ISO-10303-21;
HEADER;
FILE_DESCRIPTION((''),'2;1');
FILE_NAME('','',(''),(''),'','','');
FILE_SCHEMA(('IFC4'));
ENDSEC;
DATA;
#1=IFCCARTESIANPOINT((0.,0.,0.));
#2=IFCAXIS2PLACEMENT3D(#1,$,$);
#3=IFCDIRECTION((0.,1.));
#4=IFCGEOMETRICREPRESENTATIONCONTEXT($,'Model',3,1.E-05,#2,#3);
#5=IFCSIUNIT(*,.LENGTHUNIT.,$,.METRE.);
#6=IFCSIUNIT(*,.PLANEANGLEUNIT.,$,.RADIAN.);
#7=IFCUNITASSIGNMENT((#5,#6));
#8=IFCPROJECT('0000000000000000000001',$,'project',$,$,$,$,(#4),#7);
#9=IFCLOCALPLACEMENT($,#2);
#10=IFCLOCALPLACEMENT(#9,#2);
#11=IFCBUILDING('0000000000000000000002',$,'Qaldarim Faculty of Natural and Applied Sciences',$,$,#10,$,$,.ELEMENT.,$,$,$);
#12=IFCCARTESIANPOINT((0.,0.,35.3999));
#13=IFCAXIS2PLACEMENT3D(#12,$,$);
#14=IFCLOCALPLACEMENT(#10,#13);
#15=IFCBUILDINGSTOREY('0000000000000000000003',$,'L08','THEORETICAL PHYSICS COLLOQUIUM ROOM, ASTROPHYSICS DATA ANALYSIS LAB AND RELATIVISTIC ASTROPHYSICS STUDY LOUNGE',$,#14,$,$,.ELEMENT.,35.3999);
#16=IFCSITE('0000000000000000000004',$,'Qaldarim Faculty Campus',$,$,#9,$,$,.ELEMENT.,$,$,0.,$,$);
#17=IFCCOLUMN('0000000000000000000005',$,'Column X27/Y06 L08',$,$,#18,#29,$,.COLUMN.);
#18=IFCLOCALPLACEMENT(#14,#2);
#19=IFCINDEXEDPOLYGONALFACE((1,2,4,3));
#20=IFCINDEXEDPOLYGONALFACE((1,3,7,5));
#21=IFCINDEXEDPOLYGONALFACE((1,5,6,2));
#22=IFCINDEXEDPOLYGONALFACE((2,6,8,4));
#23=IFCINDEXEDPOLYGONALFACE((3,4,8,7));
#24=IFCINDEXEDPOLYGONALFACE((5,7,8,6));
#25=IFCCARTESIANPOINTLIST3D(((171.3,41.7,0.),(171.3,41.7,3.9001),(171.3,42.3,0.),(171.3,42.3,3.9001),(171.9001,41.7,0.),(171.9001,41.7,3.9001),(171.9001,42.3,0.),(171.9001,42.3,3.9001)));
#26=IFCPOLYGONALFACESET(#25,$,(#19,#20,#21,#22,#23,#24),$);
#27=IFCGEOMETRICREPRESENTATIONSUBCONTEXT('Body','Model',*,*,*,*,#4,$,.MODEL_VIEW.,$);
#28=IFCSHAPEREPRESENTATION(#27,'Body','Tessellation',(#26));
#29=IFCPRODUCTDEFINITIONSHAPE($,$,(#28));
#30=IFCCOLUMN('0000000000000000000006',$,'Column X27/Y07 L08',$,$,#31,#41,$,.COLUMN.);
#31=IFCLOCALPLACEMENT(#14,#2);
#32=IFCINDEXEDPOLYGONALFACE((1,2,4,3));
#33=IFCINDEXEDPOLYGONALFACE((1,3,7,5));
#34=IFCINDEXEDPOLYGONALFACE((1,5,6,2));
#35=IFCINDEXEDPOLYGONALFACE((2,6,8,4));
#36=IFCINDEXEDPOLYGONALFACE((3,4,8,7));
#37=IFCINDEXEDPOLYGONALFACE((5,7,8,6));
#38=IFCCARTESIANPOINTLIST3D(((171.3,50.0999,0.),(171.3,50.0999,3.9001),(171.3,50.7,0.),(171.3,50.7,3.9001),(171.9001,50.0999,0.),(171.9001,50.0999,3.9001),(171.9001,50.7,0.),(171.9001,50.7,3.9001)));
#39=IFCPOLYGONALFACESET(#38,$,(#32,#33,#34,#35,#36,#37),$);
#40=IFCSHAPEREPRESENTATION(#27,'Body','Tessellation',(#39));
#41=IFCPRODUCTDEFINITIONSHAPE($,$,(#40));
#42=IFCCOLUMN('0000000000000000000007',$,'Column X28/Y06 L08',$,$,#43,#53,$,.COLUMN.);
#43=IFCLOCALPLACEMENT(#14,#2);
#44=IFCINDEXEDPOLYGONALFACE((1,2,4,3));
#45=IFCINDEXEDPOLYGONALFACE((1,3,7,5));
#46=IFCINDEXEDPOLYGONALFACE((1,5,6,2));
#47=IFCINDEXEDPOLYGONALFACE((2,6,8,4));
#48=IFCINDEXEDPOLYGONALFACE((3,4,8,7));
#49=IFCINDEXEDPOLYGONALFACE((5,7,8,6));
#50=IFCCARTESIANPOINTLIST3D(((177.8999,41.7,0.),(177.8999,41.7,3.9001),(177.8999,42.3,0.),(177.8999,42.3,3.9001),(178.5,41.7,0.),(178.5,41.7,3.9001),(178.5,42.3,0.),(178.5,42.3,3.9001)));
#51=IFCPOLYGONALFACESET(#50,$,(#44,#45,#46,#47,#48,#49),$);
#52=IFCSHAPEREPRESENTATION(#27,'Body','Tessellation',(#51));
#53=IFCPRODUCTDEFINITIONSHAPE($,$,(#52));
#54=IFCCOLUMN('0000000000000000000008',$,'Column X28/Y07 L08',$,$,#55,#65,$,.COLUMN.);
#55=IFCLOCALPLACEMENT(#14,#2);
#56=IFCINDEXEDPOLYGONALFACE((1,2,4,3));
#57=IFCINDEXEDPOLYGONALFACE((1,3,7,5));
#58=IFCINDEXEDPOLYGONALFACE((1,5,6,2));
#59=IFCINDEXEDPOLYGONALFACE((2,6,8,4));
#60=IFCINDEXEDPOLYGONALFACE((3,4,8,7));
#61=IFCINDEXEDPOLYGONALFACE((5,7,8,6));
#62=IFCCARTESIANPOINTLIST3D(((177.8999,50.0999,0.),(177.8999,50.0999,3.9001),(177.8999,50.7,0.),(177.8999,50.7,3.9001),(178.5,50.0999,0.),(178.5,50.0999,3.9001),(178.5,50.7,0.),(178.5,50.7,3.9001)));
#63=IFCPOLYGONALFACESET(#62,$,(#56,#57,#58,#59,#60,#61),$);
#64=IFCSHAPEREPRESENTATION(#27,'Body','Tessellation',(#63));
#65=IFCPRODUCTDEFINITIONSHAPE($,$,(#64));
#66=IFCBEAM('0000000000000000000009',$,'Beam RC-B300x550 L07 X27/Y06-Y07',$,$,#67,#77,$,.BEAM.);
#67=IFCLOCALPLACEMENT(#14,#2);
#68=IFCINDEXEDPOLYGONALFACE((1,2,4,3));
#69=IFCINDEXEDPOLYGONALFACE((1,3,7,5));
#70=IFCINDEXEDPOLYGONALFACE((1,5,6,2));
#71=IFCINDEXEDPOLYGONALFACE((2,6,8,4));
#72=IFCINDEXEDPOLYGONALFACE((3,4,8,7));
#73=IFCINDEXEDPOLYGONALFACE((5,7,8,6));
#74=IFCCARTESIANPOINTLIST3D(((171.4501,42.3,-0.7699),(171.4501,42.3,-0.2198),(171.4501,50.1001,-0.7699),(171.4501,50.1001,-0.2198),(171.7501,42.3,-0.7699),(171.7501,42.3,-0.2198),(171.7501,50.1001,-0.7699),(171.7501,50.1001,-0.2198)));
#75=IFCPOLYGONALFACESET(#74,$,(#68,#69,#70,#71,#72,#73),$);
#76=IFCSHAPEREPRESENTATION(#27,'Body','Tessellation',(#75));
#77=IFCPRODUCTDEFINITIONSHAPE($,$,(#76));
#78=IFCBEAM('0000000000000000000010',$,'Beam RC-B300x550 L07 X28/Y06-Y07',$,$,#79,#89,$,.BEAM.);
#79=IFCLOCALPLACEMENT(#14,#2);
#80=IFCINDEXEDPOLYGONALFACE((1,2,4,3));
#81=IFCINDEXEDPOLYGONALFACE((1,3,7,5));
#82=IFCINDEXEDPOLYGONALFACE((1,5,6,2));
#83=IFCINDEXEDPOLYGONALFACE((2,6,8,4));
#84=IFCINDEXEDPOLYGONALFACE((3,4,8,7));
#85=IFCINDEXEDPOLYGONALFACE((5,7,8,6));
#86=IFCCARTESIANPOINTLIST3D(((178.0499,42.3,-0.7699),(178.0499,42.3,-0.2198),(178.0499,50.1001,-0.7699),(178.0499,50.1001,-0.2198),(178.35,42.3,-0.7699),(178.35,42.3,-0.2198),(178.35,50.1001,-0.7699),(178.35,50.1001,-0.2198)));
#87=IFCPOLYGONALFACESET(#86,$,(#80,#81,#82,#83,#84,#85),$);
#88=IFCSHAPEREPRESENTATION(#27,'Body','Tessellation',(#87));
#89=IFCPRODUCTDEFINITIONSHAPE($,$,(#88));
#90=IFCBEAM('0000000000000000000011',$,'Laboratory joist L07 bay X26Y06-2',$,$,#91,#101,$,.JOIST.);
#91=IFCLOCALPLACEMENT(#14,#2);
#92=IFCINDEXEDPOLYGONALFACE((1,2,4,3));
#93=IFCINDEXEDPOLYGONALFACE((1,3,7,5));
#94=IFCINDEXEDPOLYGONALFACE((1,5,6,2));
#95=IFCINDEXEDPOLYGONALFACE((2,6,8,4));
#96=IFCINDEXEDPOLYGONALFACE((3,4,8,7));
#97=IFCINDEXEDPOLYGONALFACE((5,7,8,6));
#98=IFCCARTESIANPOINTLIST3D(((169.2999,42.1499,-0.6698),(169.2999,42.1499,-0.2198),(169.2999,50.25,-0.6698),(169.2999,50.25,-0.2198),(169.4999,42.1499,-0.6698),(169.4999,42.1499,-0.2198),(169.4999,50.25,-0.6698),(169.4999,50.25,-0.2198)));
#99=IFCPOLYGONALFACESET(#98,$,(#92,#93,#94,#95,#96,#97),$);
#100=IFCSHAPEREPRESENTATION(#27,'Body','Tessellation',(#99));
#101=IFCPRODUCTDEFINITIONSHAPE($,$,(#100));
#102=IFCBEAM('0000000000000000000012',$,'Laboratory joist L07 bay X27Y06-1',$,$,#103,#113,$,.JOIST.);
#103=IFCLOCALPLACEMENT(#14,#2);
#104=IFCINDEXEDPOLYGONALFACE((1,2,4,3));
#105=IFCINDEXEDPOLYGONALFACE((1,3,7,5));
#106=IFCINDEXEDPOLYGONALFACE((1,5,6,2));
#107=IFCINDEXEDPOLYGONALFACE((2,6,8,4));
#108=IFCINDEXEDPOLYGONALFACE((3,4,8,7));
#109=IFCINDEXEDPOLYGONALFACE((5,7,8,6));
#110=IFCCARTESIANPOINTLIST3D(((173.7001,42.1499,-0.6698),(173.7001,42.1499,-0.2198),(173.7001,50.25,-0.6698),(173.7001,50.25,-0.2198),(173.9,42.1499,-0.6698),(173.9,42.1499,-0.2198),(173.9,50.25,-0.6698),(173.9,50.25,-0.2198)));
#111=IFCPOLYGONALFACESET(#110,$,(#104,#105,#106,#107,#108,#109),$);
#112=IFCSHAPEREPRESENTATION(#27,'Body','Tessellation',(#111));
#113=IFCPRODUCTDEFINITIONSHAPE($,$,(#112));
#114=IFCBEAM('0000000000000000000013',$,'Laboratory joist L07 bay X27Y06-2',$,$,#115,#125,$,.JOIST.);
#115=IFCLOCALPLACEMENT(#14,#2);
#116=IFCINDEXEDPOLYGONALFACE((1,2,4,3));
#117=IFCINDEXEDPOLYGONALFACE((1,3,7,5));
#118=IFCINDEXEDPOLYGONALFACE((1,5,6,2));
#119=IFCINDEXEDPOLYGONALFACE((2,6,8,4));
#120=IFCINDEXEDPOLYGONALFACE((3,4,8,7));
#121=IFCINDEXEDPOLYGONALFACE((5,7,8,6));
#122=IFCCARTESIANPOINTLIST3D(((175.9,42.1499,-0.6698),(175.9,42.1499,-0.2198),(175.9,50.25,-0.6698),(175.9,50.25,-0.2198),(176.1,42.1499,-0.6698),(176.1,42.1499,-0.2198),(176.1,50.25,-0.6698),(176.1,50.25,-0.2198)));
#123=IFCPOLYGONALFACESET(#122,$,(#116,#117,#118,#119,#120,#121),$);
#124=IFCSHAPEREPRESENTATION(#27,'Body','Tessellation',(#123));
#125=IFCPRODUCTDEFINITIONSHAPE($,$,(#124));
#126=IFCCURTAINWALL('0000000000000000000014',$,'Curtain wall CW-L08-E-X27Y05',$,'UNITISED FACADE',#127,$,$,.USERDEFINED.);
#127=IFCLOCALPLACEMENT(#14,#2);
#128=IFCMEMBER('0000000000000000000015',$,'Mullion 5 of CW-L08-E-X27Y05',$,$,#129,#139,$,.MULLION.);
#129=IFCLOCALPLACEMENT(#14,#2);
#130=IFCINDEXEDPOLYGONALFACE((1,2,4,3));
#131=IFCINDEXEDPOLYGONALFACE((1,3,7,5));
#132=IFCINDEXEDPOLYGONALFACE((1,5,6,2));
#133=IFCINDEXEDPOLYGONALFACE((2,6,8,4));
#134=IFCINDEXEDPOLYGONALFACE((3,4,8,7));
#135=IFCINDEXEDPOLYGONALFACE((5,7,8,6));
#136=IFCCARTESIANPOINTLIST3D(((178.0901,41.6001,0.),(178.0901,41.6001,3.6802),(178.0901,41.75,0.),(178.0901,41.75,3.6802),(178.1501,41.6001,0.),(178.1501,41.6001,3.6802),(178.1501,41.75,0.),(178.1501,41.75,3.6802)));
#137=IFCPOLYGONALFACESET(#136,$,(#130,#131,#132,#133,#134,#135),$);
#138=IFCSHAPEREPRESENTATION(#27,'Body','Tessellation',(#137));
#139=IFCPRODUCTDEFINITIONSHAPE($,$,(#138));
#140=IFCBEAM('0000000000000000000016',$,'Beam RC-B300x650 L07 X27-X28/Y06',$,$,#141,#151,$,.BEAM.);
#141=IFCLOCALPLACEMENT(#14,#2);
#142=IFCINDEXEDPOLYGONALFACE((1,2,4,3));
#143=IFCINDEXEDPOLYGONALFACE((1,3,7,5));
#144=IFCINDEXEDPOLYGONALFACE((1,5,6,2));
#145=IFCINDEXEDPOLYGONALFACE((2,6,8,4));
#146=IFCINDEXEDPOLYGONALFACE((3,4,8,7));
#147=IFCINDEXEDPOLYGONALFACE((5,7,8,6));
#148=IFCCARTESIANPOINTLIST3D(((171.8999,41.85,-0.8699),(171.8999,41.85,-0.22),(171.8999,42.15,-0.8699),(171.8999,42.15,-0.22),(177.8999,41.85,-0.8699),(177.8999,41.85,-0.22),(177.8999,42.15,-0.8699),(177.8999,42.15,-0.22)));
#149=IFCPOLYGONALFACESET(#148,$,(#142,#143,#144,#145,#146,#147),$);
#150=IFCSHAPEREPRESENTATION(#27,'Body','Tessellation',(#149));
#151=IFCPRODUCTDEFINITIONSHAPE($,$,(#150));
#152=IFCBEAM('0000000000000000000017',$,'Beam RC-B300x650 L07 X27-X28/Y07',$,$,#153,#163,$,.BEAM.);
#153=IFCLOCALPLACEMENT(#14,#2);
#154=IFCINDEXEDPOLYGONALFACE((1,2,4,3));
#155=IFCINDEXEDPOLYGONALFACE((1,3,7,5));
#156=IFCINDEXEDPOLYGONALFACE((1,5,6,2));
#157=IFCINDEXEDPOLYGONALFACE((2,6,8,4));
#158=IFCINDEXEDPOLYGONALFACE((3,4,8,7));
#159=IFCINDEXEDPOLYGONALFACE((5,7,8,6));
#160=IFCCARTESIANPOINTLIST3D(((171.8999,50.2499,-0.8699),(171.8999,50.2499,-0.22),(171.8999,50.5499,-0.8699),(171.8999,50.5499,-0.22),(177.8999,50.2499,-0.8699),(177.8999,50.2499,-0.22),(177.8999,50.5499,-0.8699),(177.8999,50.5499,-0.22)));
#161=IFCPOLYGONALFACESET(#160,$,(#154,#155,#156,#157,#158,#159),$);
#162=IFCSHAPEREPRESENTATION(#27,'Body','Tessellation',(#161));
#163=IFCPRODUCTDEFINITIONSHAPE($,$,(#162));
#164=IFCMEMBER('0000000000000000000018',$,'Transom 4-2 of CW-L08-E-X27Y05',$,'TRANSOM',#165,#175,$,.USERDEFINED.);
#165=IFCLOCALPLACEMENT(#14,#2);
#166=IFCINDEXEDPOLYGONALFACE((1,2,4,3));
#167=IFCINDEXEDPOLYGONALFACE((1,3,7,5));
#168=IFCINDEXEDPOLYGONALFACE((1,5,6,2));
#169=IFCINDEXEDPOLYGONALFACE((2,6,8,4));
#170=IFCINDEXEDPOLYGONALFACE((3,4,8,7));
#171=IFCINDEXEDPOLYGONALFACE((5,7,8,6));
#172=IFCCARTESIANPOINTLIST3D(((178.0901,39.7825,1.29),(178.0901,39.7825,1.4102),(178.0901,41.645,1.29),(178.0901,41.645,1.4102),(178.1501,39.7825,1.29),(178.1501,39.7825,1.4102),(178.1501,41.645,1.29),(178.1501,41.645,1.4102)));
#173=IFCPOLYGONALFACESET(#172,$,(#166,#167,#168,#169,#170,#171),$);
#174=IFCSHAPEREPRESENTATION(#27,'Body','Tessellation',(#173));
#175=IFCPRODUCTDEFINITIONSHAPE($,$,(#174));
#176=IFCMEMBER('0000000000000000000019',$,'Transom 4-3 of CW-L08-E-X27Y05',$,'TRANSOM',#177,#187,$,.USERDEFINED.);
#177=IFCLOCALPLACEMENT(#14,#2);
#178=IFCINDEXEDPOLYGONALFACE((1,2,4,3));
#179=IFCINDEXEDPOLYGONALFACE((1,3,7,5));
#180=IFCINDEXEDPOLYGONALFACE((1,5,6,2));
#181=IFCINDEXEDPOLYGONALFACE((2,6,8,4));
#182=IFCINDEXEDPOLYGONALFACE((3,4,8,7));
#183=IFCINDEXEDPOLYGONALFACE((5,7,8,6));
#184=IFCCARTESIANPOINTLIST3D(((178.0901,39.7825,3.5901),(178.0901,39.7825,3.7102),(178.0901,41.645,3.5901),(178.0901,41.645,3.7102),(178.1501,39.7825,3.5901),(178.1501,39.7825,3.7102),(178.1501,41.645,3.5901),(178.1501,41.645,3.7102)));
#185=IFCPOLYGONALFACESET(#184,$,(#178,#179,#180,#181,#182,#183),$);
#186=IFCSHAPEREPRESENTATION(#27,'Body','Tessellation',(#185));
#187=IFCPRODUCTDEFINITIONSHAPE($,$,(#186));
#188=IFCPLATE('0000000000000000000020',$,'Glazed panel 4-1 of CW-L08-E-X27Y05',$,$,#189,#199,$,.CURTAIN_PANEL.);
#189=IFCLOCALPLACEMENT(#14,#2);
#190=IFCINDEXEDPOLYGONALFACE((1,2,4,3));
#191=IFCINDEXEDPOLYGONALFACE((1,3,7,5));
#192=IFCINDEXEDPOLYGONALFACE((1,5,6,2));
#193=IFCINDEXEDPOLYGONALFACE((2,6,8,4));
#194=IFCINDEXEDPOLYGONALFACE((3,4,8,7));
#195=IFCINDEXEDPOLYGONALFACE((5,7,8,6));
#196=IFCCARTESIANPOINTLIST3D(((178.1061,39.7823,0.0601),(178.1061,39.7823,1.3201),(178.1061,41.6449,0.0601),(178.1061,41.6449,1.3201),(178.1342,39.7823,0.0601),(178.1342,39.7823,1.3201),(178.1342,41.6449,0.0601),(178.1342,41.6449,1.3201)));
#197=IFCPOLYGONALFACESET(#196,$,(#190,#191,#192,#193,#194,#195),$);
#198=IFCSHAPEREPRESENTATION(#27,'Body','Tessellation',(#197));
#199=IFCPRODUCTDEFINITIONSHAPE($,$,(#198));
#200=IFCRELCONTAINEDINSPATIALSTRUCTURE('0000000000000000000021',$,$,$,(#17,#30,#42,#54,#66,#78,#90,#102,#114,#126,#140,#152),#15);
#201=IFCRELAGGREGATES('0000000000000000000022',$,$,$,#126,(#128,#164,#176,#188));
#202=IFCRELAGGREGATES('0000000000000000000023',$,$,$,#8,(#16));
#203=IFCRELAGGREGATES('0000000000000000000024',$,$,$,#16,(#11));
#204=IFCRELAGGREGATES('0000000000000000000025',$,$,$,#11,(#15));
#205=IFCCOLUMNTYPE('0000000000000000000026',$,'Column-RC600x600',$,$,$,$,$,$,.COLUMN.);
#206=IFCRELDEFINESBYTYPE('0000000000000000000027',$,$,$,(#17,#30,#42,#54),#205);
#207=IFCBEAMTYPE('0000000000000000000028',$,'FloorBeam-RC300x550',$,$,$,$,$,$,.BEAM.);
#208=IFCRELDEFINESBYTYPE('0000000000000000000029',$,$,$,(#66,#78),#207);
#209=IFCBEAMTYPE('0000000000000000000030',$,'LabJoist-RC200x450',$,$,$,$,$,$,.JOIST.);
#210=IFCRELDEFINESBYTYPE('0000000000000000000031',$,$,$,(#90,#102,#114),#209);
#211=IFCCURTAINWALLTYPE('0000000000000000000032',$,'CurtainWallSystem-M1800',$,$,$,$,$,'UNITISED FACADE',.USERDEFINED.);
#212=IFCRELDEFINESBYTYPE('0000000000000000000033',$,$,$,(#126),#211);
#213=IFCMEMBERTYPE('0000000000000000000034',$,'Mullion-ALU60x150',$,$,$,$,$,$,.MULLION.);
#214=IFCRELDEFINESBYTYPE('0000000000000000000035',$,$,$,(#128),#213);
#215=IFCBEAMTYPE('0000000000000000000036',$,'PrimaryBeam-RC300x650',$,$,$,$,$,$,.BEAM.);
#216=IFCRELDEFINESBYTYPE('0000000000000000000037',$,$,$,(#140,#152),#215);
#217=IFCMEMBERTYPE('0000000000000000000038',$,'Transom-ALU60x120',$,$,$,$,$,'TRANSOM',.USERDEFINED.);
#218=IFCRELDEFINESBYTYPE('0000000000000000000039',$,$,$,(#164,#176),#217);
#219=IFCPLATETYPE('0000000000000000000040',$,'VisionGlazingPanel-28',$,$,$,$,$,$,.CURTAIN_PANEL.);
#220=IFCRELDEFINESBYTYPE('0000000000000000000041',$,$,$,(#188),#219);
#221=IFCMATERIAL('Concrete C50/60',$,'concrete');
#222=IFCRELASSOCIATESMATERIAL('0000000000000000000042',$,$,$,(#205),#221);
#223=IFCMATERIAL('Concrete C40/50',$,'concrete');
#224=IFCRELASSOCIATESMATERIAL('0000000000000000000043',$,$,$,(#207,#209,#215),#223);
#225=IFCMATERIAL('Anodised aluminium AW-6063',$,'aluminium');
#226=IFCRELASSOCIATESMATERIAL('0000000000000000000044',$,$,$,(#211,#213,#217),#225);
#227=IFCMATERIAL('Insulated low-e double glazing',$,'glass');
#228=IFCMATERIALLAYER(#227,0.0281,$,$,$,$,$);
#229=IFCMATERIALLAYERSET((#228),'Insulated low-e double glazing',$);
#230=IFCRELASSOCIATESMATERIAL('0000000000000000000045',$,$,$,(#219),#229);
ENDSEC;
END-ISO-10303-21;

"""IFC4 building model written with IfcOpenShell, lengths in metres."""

from ifc_helpers import new_model, si_unit, direction, frame, origin, origin_2d, place, context, subcontext, project, spatial, rectangle, extrude, material, layer, layer_set, material_profile, profile_set, type_object, element, aggregate, save


model = new_model("IFC4")

# Units and contexts
model_context = context("Model", 3, precision=1e-05, world=origin(), true_north=direction((0.0, 1.0)))
body_context = subcontext(model_context, "Body", "Model", "MODEL_VIEW")
ifc_project = project(units=[si_unit("LENGTHUNIT", "METRE"), si_unit("PLANEANGLEUNIT", "RADIAN")], contexts=[model_context])

# Site, building, storey
site_placement = place(None, origin())
site = spatial("IfcSite", under=ifc_project, at=site_placement, Name="Qaldarim Faculty Campus", CompositionType="ELEMENT", RefElevation=0.0)
building_placement = place(site_placement, origin())
building = spatial("IfcBuilding", under=site, at=building_placement, Name="Qaldarim Faculty of Natural and Applied Sciences", CompositionType="ELEMENT")
storey_placement = place(building_placement, frame((0.0, 0.0, 35.3999)))
storey = spatial("IfcBuildingStorey", under=building, at=storey_placement, Name="L08", Description="THEORETICAL PHYSICS COLLOQUIUM ROOM, ASTROPHYSICS DATA ANALYSIS LAB AND RELATIVISTIC ASTROPHYSICS STUDY LOUNGE", CompositionType="ELEMENT", Elevation=35.3999)

# Columns
ifc_material_1 = material(Name="Concrete C50/60", Category="concrete")
ifc_material_profile_1 = material_profile(ifc_material_1, rectangle(XDim=0.6001, YDim=0.6001, at=origin_2d()), Name="RC-C600x600")
ifc_profile_set_1 = profile_set([ifc_material_profile_1], Name="Concrete C50/60")
column_type = type_object("IfcColumnType", Name="Column-RC600x600", PredefinedType="COLUMN", material=ifc_profile_set_1)
for number, where, z_axis, x_axis, name in (
    (1, (171.6001, 42.0, 0.0), (0.0, 0.0, 1.0), (1.0, 0.0, 0.0), "Column X27/Y06 L08"),
    (2, (171.6001, 50.3999, 0.0), (0.0, 0.0, 1.0), (1.0, 0.0, 0.0), "Column X27/Y07 L08"),
    (3, (178.2, 42.0, 0.0), (0.0, 0.0, 1.0), (1.0, 0.0, 0.0), "Column X28/Y06 L08"),
    (4, (178.2, 50.3999, 0.0), (0.0, 0.0, 1.0), (1.0, 0.0, 0.0), "Column X28/Y07 L08"),
):
    element("IfcColumn", number, at=place(storey_placement, frame(where, z_axis=z_axis, x_axis=x_axis)), inside=storey, type_object=column_type, Name=name, PredefinedType="COLUMN", context=body_context, shape_type="SweptSolid", body=[
        extrude(rectangle(XDim=0.6001, YDim=0.6001, at=origin_2d()), origin(), (0.0, 0.0, 1.0), 3.9001),
    ])

# Beams
ifc_material_2 = material(Name="Concrete C40/50", Category="concrete")
ifc_material_profile_2 = material_profile(ifc_material_2, rectangle(XDim=0.3, YDim=0.55, at=origin_2d()), Name="RC-B300x550")
ifc_profile_set_2 = profile_set([ifc_material_profile_2], Name="Concrete C40/50")
beam_type_1 = type_object("IfcBeamType", Name="FloorBeam-RC300x550", PredefinedType="BEAM", material=ifc_profile_set_2)
for number, where, z_axis, x_axis, name in (
    (5, (171.6001, 42.3, -0.4949), (0.0, 1.0, 0.0), (-1.0, 0.0, 0.0), "Beam RC-B300x550 L07 X27/Y06-Y07"),
    (6, (178.2, 42.3, -0.4949), (0.0, 1.0, 0.0), (-1.0, 0.0, 0.0), "Beam RC-B300x550 L07 X28/Y06-Y07"),
):
    element("IfcBeam", number, at=place(storey_placement, frame(where, z_axis=z_axis, x_axis=x_axis)), inside=storey, type_object=beam_type_1, Name=name, PredefinedType="BEAM", context=body_context, shape_type="SweptSolid", body=[
        extrude(rectangle(XDim=0.3, YDim=0.55, at=origin_2d()), origin(), (0.0, 0.0, 1.0), 7.8),
    ])
ifc_material_profile_3 = material_profile(ifc_material_2, rectangle(XDim=0.2, YDim=0.45, at=origin_2d()), Name="RC-J200x450")
ifc_profile_set_3 = profile_set([ifc_material_profile_3], Name="Concrete C40/50")
beam_type_2 = type_object("IfcBeamType", Name="LabJoist-RC200x450", PredefinedType="JOIST", material=ifc_profile_set_3)
for number, where, z_axis, x_axis, name in (
    (7, (169.3999, 42.1499, -0.4448), (0.0, 1.0, 0.0), (-1.0, 0.0, 0.0), "Laboratory joist L07 bay X26Y06-2"),
    (8, (173.8, 42.1499, -0.4448), (0.0, 1.0, 0.0), (-1.0, 0.0, 0.0), "Laboratory joist L07 bay X27Y06-1"),
    (9, (176.0, 42.1499, -0.4448), (0.0, 1.0, 0.0), (-1.0, 0.0, 0.0), "Laboratory joist L07 bay X27Y06-2"),
):
    element("IfcBeam", number, at=place(storey_placement, frame(where, z_axis=z_axis, x_axis=x_axis)), inside=storey, type_object=beam_type_2, Name=name, PredefinedType="JOIST", context=body_context, shape_type="SweptSolid", body=[
        extrude(rectangle(XDim=0.2, YDim=0.45, at=origin_2d()), origin(), (0.0, 0.0, 1.0), 8.1001),
    ])

# Curtain wall, member
ifc_material_3 = material(Name="Anodised aluminium AW-6063", Category="aluminium")
curtain_wall_type = type_object("IfcCurtainWallType", Name="CurtainWallSystem-M1800", ElementType="UNITISED FACADE", PredefinedType="USERDEFINED", material=ifc_material_3)
curtain_wall_placement = place(storey_placement, origin())
curtain_wall = element("IfcCurtainWall", 10, at=curtain_wall_placement, inside=storey, type_object=curtain_wall_type, Name="Curtain wall CW-L08-E-X27Y05", ObjectType="UNITISED FACADE", PredefinedType="USERDEFINED")
ifc_material_profile_4 = material_profile(ifc_material_3, rectangle(XDim=0.0601, YDim=0.1499, at=origin_2d()), Name="ALU-M60x150")
ifc_profile_set_4 = profile_set([ifc_material_profile_4], Name="Anodised aluminium AW-6063")
member_type_1 = type_object("IfcMemberType", Name="Mullion-ALU60x150", PredefinedType="MULLION", material=ifc_profile_set_4)
member_1_placement = place(storey_placement, frame((178.1201, 41.675, 0.0), z_axis=(0.0, 0.0, 1.0), x_axis=(-1.0, 0.0, 0.0)))
member_1 = element("IfcMember", 11, at=member_1_placement, type_object=member_type_1, Name="Mullion 5 of CW-L08-E-X27Y05", PredefinedType="MULLION", context=body_context, shape_type="SweptSolid", body=[
    extrude(rectangle(XDim=0.0601, YDim=0.1499, at=origin_2d()), origin(), (0.0, 0.0, 1.0), 3.6802),
])

# Beams
ifc_material_profile_5 = material_profile(ifc_material_2, rectangle(XDim=0.3, YDim=0.6499, at=origin_2d()), Name="RC-B300x650")
ifc_profile_set_5 = profile_set([ifc_material_profile_5], Name="Concrete C40/50")
beam_type_3 = type_object("IfcBeamType", Name="PrimaryBeam-RC300x650", PredefinedType="BEAM", material=ifc_profile_set_5)
for number, where, z_axis, x_axis, name in (
    (12, (171.8999, 42.0, -0.5449), (1.0, 0.0, 0.0), (0.0, 1.0, 0.0), "Beam RC-B300x650 L07 X27-X28/Y06"),
    (13, (171.8999, 50.3999, -0.5449), (1.0, 0.0, 0.0), (0.0, 1.0, 0.0), "Beam RC-B300x650 L07 X27-X28/Y07"),
):
    element("IfcBeam", number, at=place(storey_placement, frame(where, z_axis=z_axis, x_axis=x_axis)), inside=storey, type_object=beam_type_3, Name=name, PredefinedType="BEAM", context=body_context, shape_type="SweptSolid", body=[
        extrude(rectangle(XDim=0.3, YDim=0.6499, at=origin_2d()), origin(), (0.0, 0.0, 1.0), 6.0),
    ])

# Members
ifc_material_profile_6 = material_profile(ifc_material_3, rectangle(XDim=0.0601, YDim=0.1201, at=origin_2d()), Name="ALU-T60x120")
ifc_profile_set_6 = profile_set([ifc_material_profile_6], Name="Anodised aluminium AW-6063")
member_type_2 = type_object("IfcMemberType", Name="Transom-ALU60x120", ElementType="TRANSOM", PredefinedType="USERDEFINED", material=ifc_profile_set_6)
member_2_placement = place(storey_placement, frame((178.1201, 39.7825, 1.3501), z_axis=(0.0, 1.0, 0.0), x_axis=(-1.0, 0.0, 0.0)))
member_2 = element("IfcMember", 14, at=member_2_placement, type_object=member_type_2, Name="Transom 4-2 of CW-L08-E-X27Y05", ObjectType="TRANSOM", PredefinedType="USERDEFINED", context=body_context, shape_type="SweptSolid", body=[
    extrude(rectangle(XDim=0.0601, YDim=0.1201, at=origin_2d()), origin(), (0.0, 0.0, 1.0), 1.8625),
])
member_3_placement = place(storey_placement, frame((178.1201, 39.7825, 3.6501), z_axis=(0.0, 1.0, 0.0), x_axis=(-1.0, 0.0, 0.0)))
member_3 = element("IfcMember", 15, at=member_3_placement, type_object=member_type_2, Name="Transom 4-3 of CW-L08-E-X27Y05", ObjectType="TRANSOM", PredefinedType="USERDEFINED", context=body_context, shape_type="SweptSolid", body=[
    extrude(rectangle(XDim=0.0601, YDim=0.1201, at=origin_2d()), origin(), (0.0, 0.0, 1.0), 1.8625),
])

# Plate
ifc_material_4 = material(Name="Insulated low-e double glazing", Category="glass")
ifc_layer_1 = layer(ifc_material_4, 0.0281)
ifc_layer_set_1 = layer_set([ifc_layer_1], Name="Insulated low-e double glazing")
plate_type = type_object("IfcPlateType", Name="VisionGlazingPanel-28", PredefinedType="CURTAIN_PANEL", material=ifc_layer_set_1)
plate_1_placement = place(storey_placement, frame((178.1201, 40.7136, 0.0601), z_axis=(0.0, 0.0, 1.0), x_axis=(0.0, 1.0, 0.0)))
plate_1 = element("IfcPlate", 16, at=plate_1_placement, type_object=plate_type, Name="Glazed panel 4-1 of CW-L08-E-X27Y05", PredefinedType="CURTAIN_PANEL", context=body_context, shape_type="SweptSolid", body=[
    extrude(rectangle(XDim=1.8625, YDim=0.0281, at=origin_2d()), origin(), (0.0, 0.0, 1.0), 1.26),
])
aggregate(curtain_wall, [member_1, member_2, member_3, plate_1])

save(model, "model.ifc")
